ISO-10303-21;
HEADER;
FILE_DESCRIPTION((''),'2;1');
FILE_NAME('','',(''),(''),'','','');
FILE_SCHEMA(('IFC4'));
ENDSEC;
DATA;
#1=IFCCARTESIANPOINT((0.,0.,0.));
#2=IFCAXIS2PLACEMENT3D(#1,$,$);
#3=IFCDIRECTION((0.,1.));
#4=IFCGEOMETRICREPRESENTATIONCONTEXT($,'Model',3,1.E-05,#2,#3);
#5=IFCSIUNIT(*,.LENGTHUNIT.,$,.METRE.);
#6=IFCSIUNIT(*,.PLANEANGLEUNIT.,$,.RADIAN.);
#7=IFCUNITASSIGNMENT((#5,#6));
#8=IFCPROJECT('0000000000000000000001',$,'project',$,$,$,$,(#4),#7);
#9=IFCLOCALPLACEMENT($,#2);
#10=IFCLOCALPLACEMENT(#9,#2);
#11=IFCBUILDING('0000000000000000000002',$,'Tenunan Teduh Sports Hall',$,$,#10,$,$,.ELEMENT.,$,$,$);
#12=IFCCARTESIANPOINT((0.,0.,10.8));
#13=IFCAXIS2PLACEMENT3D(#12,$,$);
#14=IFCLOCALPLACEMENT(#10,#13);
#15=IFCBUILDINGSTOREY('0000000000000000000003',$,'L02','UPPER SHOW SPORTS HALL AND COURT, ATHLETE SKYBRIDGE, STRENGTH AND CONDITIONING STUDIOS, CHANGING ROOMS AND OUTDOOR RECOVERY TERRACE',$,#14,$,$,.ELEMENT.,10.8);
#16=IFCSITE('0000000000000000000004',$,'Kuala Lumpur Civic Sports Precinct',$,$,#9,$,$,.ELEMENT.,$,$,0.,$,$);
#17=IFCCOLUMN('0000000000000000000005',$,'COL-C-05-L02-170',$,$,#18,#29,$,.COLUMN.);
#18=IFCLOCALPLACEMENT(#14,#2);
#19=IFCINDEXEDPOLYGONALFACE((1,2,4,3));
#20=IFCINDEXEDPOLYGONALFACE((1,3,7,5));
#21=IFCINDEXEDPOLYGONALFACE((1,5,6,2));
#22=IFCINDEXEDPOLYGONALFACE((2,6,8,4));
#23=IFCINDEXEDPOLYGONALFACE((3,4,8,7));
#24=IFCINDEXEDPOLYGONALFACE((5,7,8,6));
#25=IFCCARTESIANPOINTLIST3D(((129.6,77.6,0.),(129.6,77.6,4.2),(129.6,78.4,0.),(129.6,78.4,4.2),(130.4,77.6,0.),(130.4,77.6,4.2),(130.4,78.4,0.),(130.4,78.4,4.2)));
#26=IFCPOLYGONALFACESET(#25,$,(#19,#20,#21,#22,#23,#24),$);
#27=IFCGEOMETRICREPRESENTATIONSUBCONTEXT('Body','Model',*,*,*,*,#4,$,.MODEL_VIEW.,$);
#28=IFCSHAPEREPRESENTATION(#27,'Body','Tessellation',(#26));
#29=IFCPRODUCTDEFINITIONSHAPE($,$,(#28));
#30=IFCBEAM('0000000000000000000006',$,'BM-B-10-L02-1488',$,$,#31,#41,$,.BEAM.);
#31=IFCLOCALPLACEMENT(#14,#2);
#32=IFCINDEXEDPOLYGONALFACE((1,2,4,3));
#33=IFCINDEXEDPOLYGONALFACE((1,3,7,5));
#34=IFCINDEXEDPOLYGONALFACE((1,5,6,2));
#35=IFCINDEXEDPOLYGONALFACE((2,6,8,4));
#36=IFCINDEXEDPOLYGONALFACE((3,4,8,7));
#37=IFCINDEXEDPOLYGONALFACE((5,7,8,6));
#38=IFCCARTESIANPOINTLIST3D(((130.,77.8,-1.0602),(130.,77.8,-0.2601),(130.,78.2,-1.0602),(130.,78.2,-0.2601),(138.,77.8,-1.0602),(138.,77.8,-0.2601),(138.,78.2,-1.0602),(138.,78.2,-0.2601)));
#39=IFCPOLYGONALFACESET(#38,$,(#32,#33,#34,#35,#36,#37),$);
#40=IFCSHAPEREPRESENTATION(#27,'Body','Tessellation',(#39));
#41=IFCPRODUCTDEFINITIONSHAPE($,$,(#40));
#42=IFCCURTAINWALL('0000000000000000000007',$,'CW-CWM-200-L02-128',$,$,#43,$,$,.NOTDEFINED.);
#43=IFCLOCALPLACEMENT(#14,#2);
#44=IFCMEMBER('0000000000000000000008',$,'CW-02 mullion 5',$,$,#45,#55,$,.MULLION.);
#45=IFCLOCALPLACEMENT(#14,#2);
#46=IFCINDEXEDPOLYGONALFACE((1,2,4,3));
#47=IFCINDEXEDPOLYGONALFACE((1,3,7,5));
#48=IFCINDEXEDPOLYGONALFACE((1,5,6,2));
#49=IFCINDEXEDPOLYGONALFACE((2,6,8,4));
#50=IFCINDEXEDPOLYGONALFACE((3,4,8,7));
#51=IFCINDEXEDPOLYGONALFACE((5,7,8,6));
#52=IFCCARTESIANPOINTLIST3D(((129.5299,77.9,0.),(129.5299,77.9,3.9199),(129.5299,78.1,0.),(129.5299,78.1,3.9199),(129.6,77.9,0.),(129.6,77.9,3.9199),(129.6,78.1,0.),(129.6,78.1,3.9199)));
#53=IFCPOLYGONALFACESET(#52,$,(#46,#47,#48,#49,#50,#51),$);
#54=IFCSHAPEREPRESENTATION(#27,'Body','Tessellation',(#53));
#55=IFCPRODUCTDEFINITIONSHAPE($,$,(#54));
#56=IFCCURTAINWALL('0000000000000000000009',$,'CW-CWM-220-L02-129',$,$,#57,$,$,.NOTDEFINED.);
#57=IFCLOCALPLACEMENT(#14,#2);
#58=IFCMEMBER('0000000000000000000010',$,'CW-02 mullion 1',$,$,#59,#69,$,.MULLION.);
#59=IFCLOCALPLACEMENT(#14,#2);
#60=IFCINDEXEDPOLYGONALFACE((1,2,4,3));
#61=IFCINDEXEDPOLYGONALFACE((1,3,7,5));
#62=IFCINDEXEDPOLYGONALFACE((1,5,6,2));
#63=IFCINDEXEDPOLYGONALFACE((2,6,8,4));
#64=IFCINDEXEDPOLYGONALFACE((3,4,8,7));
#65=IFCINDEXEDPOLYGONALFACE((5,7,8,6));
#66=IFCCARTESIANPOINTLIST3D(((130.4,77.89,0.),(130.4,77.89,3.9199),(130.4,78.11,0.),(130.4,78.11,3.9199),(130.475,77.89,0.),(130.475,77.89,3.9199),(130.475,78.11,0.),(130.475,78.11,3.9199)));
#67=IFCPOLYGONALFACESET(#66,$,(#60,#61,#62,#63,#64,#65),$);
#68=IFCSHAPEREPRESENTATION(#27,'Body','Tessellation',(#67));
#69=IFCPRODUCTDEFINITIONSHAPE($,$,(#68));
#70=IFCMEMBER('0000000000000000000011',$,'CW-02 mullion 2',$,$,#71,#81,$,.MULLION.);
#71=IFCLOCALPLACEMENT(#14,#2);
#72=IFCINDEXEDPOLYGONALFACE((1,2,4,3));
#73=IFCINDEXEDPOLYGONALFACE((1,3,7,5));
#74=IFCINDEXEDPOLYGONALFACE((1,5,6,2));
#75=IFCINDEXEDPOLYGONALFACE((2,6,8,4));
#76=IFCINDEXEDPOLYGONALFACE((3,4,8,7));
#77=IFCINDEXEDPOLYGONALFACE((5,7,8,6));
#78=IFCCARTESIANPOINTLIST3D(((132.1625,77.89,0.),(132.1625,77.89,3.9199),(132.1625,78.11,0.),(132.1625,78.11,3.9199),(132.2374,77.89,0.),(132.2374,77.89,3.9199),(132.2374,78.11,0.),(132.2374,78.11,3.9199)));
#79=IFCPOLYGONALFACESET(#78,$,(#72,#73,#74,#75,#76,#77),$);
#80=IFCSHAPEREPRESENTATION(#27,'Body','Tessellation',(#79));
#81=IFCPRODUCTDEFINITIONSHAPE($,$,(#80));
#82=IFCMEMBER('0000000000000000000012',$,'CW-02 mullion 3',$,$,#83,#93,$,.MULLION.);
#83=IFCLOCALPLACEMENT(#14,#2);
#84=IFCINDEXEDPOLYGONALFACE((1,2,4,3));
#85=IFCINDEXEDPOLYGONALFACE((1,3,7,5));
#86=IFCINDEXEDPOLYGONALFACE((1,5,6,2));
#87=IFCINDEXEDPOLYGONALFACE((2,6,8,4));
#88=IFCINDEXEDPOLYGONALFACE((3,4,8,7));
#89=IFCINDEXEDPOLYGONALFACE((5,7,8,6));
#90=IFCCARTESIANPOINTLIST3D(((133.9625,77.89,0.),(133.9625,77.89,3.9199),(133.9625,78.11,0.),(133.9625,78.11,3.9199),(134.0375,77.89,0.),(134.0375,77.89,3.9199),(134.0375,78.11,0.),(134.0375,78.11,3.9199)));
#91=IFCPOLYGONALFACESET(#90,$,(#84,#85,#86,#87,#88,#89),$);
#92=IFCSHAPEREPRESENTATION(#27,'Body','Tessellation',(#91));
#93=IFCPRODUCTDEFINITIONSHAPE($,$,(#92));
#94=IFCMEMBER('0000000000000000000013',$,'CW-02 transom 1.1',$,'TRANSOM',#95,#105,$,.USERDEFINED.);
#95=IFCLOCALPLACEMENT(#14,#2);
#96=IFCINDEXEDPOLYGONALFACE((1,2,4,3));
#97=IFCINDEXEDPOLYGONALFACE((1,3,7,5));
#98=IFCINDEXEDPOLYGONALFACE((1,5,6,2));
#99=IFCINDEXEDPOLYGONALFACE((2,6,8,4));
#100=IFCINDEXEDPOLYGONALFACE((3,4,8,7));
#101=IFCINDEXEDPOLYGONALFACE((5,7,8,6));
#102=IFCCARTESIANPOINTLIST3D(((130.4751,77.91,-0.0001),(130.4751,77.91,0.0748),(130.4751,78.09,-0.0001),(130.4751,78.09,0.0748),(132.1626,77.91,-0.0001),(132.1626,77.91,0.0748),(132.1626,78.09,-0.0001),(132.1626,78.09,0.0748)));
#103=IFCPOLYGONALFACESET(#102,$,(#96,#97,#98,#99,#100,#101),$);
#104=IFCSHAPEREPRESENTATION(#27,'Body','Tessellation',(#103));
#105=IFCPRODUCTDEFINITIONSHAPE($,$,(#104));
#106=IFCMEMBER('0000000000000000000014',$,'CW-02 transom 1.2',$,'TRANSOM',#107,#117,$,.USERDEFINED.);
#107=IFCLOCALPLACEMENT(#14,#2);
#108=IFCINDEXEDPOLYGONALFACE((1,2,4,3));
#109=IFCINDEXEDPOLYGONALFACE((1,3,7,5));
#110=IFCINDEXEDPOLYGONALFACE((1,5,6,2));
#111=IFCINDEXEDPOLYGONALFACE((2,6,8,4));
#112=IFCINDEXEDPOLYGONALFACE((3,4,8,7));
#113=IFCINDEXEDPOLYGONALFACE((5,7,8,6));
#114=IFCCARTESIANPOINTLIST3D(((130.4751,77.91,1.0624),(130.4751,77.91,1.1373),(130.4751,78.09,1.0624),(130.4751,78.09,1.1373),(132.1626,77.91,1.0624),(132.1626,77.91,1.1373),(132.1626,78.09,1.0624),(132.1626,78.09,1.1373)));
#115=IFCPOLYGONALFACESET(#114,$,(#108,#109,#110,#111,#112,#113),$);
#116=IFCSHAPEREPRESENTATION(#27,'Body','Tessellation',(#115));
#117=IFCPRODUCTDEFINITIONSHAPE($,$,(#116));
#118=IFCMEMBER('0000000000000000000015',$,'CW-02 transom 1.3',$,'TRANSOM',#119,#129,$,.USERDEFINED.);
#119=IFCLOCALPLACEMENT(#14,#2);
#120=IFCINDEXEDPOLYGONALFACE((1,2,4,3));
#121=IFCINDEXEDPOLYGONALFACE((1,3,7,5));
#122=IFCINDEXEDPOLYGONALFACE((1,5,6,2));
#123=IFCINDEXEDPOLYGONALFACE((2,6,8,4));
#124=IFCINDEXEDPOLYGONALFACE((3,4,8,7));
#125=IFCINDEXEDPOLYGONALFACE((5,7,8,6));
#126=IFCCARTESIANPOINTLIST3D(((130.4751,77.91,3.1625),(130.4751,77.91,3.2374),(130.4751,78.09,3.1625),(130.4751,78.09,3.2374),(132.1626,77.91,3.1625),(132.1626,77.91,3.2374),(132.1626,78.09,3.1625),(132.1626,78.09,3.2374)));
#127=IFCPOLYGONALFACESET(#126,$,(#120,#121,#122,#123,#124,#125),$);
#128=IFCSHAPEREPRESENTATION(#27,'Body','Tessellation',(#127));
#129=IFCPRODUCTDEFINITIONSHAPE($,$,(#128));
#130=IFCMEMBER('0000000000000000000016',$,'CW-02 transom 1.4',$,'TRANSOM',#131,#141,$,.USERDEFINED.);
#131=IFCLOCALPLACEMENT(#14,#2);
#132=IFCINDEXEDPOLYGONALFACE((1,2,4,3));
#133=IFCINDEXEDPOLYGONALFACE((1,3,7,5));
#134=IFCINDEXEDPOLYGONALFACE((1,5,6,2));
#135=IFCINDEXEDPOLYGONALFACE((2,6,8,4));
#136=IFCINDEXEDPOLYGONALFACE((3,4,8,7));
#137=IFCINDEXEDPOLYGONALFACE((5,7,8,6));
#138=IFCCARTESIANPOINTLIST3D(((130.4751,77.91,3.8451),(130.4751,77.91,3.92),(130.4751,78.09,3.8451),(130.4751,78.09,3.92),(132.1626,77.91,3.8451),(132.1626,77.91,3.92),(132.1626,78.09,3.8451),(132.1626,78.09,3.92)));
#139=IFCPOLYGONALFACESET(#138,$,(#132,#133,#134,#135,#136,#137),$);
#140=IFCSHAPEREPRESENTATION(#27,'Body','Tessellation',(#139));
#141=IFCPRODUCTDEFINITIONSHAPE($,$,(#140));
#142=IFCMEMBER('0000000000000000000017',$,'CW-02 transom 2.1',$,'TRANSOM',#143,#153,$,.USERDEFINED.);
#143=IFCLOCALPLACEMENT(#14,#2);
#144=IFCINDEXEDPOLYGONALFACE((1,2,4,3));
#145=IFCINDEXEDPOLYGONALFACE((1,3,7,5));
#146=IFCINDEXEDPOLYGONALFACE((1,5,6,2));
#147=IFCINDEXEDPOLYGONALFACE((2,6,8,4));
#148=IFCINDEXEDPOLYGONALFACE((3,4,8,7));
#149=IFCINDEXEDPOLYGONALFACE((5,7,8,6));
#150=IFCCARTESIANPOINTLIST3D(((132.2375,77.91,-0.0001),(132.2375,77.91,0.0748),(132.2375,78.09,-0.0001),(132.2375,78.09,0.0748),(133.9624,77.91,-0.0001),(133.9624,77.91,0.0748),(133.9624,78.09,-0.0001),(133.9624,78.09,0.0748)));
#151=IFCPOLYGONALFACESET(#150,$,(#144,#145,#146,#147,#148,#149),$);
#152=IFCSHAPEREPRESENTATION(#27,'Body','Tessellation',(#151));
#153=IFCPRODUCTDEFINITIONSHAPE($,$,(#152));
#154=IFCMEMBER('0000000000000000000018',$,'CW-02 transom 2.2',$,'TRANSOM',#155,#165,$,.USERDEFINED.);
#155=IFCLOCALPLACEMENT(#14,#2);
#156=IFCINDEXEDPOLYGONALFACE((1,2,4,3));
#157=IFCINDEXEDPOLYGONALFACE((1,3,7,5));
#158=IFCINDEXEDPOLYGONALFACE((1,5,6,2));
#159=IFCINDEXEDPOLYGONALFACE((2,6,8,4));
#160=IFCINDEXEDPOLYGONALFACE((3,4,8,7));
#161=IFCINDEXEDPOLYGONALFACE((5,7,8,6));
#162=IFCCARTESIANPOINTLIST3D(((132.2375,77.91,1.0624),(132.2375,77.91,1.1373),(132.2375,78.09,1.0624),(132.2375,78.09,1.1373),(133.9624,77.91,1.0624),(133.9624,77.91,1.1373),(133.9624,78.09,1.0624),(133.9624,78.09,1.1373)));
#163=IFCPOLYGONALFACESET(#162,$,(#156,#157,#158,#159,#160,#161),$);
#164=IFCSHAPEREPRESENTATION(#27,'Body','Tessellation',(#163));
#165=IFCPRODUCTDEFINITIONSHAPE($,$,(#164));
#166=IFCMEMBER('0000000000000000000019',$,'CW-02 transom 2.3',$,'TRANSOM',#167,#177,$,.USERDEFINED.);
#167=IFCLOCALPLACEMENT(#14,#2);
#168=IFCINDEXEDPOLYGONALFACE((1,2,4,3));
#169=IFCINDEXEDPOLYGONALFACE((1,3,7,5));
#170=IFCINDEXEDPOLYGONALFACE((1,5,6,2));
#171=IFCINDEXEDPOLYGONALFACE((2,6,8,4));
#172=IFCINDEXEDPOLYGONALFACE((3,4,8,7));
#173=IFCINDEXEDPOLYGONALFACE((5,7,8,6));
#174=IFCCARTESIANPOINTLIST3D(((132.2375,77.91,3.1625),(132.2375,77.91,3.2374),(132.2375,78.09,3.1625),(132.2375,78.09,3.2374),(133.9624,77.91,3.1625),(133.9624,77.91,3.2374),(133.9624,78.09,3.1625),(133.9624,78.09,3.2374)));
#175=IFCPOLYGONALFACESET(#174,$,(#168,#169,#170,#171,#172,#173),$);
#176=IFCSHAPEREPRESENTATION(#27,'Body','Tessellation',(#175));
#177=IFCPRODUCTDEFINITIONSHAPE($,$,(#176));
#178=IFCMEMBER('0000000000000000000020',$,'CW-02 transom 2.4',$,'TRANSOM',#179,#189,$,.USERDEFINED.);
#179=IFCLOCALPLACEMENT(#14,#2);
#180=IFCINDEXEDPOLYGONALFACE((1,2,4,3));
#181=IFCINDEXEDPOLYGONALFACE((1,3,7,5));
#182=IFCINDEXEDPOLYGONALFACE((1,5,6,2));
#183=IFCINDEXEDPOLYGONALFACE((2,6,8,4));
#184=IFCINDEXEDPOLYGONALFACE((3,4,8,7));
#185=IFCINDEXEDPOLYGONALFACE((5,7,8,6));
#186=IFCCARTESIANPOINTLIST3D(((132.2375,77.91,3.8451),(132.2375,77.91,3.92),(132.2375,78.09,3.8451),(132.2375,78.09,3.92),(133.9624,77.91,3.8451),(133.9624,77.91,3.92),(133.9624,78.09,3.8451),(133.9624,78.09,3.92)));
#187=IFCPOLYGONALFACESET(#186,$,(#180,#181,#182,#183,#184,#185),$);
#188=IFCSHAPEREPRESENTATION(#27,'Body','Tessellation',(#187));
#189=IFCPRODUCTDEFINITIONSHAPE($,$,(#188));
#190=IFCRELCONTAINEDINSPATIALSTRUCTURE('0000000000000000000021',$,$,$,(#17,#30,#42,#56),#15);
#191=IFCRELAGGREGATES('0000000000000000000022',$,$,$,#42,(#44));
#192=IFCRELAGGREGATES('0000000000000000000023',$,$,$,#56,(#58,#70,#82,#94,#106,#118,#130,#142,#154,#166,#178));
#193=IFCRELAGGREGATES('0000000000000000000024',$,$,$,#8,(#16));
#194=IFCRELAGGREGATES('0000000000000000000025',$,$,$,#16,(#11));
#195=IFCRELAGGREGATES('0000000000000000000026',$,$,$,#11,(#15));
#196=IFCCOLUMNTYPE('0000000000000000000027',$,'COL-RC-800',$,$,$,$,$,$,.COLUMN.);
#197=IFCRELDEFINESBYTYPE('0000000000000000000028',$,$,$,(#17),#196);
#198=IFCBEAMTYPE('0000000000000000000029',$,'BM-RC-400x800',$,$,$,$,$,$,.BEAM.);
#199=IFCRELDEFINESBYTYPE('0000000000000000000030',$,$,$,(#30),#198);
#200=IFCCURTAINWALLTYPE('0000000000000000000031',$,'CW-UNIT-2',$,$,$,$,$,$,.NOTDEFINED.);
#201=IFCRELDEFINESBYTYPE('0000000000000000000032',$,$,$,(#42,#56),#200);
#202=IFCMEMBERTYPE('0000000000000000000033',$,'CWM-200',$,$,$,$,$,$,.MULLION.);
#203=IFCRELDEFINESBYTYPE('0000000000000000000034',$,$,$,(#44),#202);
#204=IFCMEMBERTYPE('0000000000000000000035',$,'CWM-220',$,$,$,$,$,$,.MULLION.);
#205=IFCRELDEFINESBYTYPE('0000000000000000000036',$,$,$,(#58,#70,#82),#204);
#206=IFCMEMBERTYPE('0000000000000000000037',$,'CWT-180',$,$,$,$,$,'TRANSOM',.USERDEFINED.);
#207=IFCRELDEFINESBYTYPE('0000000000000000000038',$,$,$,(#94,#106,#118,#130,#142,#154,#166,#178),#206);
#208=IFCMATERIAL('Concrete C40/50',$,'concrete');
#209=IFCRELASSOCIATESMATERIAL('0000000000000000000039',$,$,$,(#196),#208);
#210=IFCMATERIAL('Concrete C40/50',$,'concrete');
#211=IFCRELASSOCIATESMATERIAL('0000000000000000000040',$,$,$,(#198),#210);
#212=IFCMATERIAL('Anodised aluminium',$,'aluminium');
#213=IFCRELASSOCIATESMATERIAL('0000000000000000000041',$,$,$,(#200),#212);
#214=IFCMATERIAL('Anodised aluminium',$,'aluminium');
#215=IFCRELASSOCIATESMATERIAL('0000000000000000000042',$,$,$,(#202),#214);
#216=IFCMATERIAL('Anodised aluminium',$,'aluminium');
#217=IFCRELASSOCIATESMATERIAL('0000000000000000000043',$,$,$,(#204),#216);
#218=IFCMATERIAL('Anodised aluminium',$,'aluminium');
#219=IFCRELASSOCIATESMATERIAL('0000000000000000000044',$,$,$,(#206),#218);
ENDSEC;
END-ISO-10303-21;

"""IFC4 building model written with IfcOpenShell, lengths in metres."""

from ifc_helpers import new_model, si_unit, direction, frame, origin, origin_2d, place, context, subcontext, project, spatial, rectangle, extrude, material, material_profile, profile_set, type_object, element, aggregate, save


model = new_model("IFC4")

# Units and contexts
model_context = context("Model", 3, precision=1e-05, world=origin(), true_north=direction((0.0, 1.0)))
body_context = subcontext(model_context, "Body", "Model", "MODEL_VIEW")
ifc_project = project(units=[si_unit("LENGTHUNIT", "METRE"), si_unit("PLANEANGLEUNIT", "RADIAN")], contexts=[model_context])

# Site, building, storey
site_placement = place(None, origin())
site = spatial("IfcSite", under=ifc_project, at=site_placement, Name="Kuala Lumpur Civic Sports Precinct", CompositionType="ELEMENT", RefElevation=0.0)
building_placement = place(site_placement, origin())
building = spatial("IfcBuilding", under=site, at=building_placement, Name="Tenunan Teduh Sports Hall", CompositionType="ELEMENT")
storey_placement = place(building_placement, frame((0.0, 0.0, 10.8)))
storey = spatial("IfcBuildingStorey", under=building, at=storey_placement, Name="L02", Description="UPPER SHOW SPORTS HALL AND COURT, ATHLETE SKYBRIDGE, STRENGTH AND CONDITIONING STUDIOS, CHANGING ROOMS AND OUTDOOR RECOVERY TERRACE", CompositionType="ELEMENT", Elevation=10.8)

# Column
ifc_material_1 = material(Name="Concrete C40/50", Category="concrete")
ifc_material_profile_1 = material_profile(ifc_material_1, rectangle(XDim=0.8, YDim=0.8, at=origin_2d()), Name="RC 800x800")
ifc_profile_set_1 = profile_set([ifc_material_profile_1], Name="Concrete C40/50")
column_type = type_object("IfcColumnType", Name="COL-RC-800", PredefinedType="COLUMN", material=ifc_profile_set_1)
column_placement = place(storey_placement, frame((130.0, 78.0, 0.0), z_axis=(0.0, 0.0, 1.0), x_axis=(1.0, 0.0, 0.0)))
element("IfcColumn", 1, at=column_placement, inside=storey, type_object=column_type, Name="COL-C-05-L02-170", PredefinedType="COLUMN", context=body_context, shape_type="SweptSolid", body=[
    extrude(rectangle(XDim=0.8, YDim=0.8, at=origin_2d()), origin(), (0.0, 0.0, 1.0), 4.2),
])

# Beam
ifc_material_2 = material(Name="Concrete C40/50", Category="concrete")
ifc_material_profile_2 = material_profile(ifc_material_2, rectangle(XDim=0.3999, YDim=0.8, at=origin_2d()), Name="RCB 400x800")
ifc_profile_set_2 = profile_set([ifc_material_profile_2], Name="Concrete C40/50")
beam_type = type_object("IfcBeamType", Name="BM-RC-400x800", PredefinedType="BEAM", material=ifc_profile_set_2)
beam_placement = place(storey_placement, frame((130.0, 78.0, -0.6602), z_axis=(1.0, 0.0, 0.0), x_axis=(0.0, 1.0, 0.0)))
element("IfcBeam", 2, at=beam_placement, inside=storey, type_object=beam_type, Name="BM-B-10-L02-1488", PredefinedType="BEAM", context=body_context, shape_type="SweptSolid", body=[
    extrude(rectangle(XDim=0.3999, YDim=0.8, at=origin_2d()), origin(), (0.0, 0.0, 1.0), 8.0),
])

# Curtain wall, member
ifc_material_3 = material(Name="Anodised aluminium", Category="aluminium")
curtain_wall_type = type_object("IfcCurtainWallType", Name="CW-UNIT-2", PredefinedType="NOTDEFINED", material=ifc_material_3)
curtain_wall_1_placement = place(storey_placement, origin())
curtain_wall_1 = element("IfcCurtainWall", 3, at=curtain_wall_1_placement, inside=storey, type_object=curtain_wall_type, Name="CW-CWM-200-L02-128", PredefinedType="NOTDEFINED")
ifc_material_4 = material(Name="Anodised aluminium", Category="aluminium")
ifc_material_profile_3 = material_profile(ifc_material_4, rectangle(XDim=0.0701, YDim=0.2, at=origin_2d()), Name="CWM 70x200")
ifc_profile_set_3 = profile_set([ifc_material_profile_3], Name="Anodised aluminium")
member_type_1 = type_object("IfcMemberType", Name="CWM-200", PredefinedType="MULLION", material=ifc_profile_set_3)
member_1_placement = place(storey_placement, frame((129.5649, 78.0, 0.0), z_axis=(0.0, 0.0, 1.0), x_axis=(1.0, 0.0, 0.0)))
member_1 = element("IfcMember", 4, at=member_1_placement, type_object=member_type_1, Name="CW-02 mullion 5", PredefinedType="MULLION", context=body_context, shape_type="SweptSolid", body=[
    extrude(rectangle(XDim=0.0701, YDim=0.2, at=origin_2d()), origin(), (0.0, 0.0, 1.0), 3.9199),
])
aggregate(curtain_wall_1, [member_1])

# Curtain wall, members
curtain_wall_2_placement = place(storey_placement, origin())
curtain_wall_2 = element("IfcCurtainWall", 5, at=curtain_wall_2_placement, inside=storey, type_object=curtain_wall_type, Name="CW-CWM-220-L02-129", PredefinedType="NOTDEFINED")
ifc_material_5 = material(Name="Anodised aluminium", Category="aluminium")
ifc_material_profile_4 = material_profile(ifc_material_5, rectangle(XDim=0.075, YDim=0.22, at=origin_2d()), Name="CWM 75x220")
ifc_profile_set_4 = profile_set([ifc_material_profile_4], Name="Anodised aluminium")
member_type_2 = type_object("IfcMemberType", Name="CWM-220", PredefinedType="MULLION", material=ifc_profile_set_4)
member_2_placement = place(storey_placement, frame((130.4375, 78.0, 0.0), z_axis=(0.0, 0.0, 1.0), x_axis=(1.0, 0.0, 0.0)))
member_2 = element("IfcMember", 6, at=member_2_placement, type_object=member_type_2, Name="CW-02 mullion 1", PredefinedType="MULLION", context=body_context, shape_type="SweptSolid", body=[
    extrude(rectangle(XDim=0.075, YDim=0.22, at=origin_2d()), origin(), (0.0, 0.0, 1.0), 3.9199),
])
member_3_placement = place(storey_placement, frame((132.2, 78.0, 0.0), z_axis=(0.0, 0.0, 1.0), x_axis=(1.0, 0.0, 0.0)))
member_3 = element("IfcMember", 7, at=member_3_placement, type_object=member_type_2, Name="CW-02 mullion 2", PredefinedType="MULLION", context=body_context, shape_type="SweptSolid", body=[
    extrude(rectangle(XDim=0.075, YDim=0.22, at=origin_2d()), origin(), (0.0, 0.0, 1.0), 3.9199),
])
member_4_placement = place(storey_placement, frame((134.0, 78.0, 0.0), z_axis=(0.0, 0.0, 1.0), x_axis=(1.0, 0.0, 0.0)))
member_4 = element("IfcMember", 8, at=member_4_placement, type_object=member_type_2, Name="CW-02 mullion 3", PredefinedType="MULLION", context=body_context, shape_type="SweptSolid", body=[
    extrude(rectangle(XDim=0.075, YDim=0.22, at=origin_2d()), origin(), (0.0, 0.0, 1.0), 3.9199),
])
ifc_material_6 = material(Name="Anodised aluminium", Category="aluminium")
ifc_material_profile_5 = material_profile(ifc_material_6, rectangle(XDim=0.075, YDim=0.1799, at=origin_2d()), Name="CWT 75x180")
ifc_profile_set_5 = profile_set([ifc_material_profile_5], Name="Anodised aluminium")
member_type_3 = type_object("IfcMemberType", Name="CWT-180", ElementType="TRANSOM", PredefinedType="USERDEFINED", material=ifc_profile_set_5)
member_5_placement = place(storey_placement, frame((130.4751, 78.0, 0.0374), z_axis=(1.0, 0.0, 0.0), x_axis=(0.0, 0.0, 1.0)))
member_5 = element("IfcMember", 9, at=member_5_placement, type_object=member_type_3, Name="CW-02 transom 1.1", ObjectType="TRANSOM", PredefinedType="USERDEFINED", context=body_context, shape_type="SweptSolid", body=[
    extrude(rectangle(XDim=0.075, YDim=0.1799, at=origin_2d()), origin(), (0.0, 0.0, 1.0), 1.6875),
])
member_6_placement = place(storey_placement, frame((130.4751, 78.0, 1.0999), z_axis=(1.0, 0.0, 0.0), x_axis=(0.0, 0.0, 1.0)))
member_6 = element("IfcMember", 10, at=member_6_placement, type_object=member_type_3, Name="CW-02 transom 1.2", ObjectType="TRANSOM", PredefinedType="USERDEFINED", context=body_context, shape_type="SweptSolid", body=[
    extrude(rectangle(XDim=0.075, YDim=0.1799, at=origin_2d()), origin(), (0.0, 0.0, 1.0), 1.6875),
])
member_7_placement = place(storey_placement, frame((130.4751, 78.0, 3.2), z_axis=(1.0, 0.0, 0.0), x_axis=(0.0, 0.0, 1.0)))
member_7 = element("IfcMember", 11, at=member_7_placement, type_object=member_type_3, Name="CW-02 transom 1.3", ObjectType="TRANSOM", PredefinedType="USERDEFINED", context=body_context, shape_type="SweptSolid", body=[
    extrude(rectangle(XDim=0.075, YDim=0.1799, at=origin_2d()), origin(), (0.0, 0.0, 1.0), 1.6875),
])
member_8_placement = place(storey_placement, frame((130.4751, 78.0, 3.8826), z_axis=(1.0, 0.0, 0.0), x_axis=(0.0, 0.0, 1.0)))
member_8 = element("IfcMember", 12, at=member_8_placement, type_object=member_type_3, Name="CW-02 transom 1.4", ObjectType="TRANSOM", PredefinedType="USERDEFINED", context=body_context, shape_type="SweptSolid", body=[
    extrude(rectangle(XDim=0.075, YDim=0.1799, at=origin_2d()), origin(), (0.0, 0.0, 1.0), 1.6875),
])
member_9_placement = place(storey_placement, frame((132.2375, 78.0, 0.0374), z_axis=(1.0, 0.0, 0.0), x_axis=(0.0, 0.0, 1.0)))
member_9 = element("IfcMember", 13, at=member_9_placement, type_object=member_type_3, Name="CW-02 transom 2.1", ObjectType="TRANSOM", PredefinedType="USERDEFINED", context=body_context, shape_type="SweptSolid", body=[
    extrude(rectangle(XDim=0.075, YDim=0.1799, at=origin_2d()), origin(), (0.0, 0.0, 1.0), 1.7249),
])
member_10_placement = place(storey_placement, frame((132.2375, 78.0, 1.0999), z_axis=(1.0, 0.0, 0.0), x_axis=(0.0, 0.0, 1.0)))
member_10 = element("IfcMember", 14, at=member_10_placement, type_object=member_type_3, Name="CW-02 transom 2.2", ObjectType="TRANSOM", PredefinedType="USERDEFINED", context=body_context, shape_type="SweptSolid", body=[
    extrude(rectangle(XDim=0.075, YDim=0.1799, at=origin_2d()), origin(), (0.0, 0.0, 1.0), 1.7249),
])
member_11_placement = place(storey_placement, frame((132.2375, 78.0, 3.2), z_axis=(1.0, 0.0, 0.0), x_axis=(0.0, 0.0, 1.0)))
member_11 = element("IfcMember", 15, at=member_11_placement, type_object=member_type_3, Name="CW-02 transom 2.3", ObjectType="TRANSOM", PredefinedType="USERDEFINED", context=body_context, shape_type="SweptSolid", body=[
    extrude(rectangle(XDim=0.075, YDim=0.1799, at=origin_2d()), origin(), (0.0, 0.0, 1.0), 1.7249),
])
member_12_placement = place(storey_placement, frame((132.2375, 78.0, 3.8826), z_axis=(1.0, 0.0, 0.0), x_axis=(0.0, 0.0, 1.0)))
member_12 = element("IfcMember", 16, at=member_12_placement, type_object=member_type_3, Name="CW-02 transom 2.4", ObjectType="TRANSOM", PredefinedType="USERDEFINED", context=body_context, shape_type="SweptSolid", body=[
    extrude(rectangle(XDim=0.075, YDim=0.1799, at=origin_2d()), origin(), (0.0, 0.0, 1.0), 1.7249),
])
aggregate(curtain_wall_2, [member_2, member_3, member_4, member_5, member_6, member_7, member_8, member_9, member_10, member_11, member_12])

save(model, "model.ifc")
